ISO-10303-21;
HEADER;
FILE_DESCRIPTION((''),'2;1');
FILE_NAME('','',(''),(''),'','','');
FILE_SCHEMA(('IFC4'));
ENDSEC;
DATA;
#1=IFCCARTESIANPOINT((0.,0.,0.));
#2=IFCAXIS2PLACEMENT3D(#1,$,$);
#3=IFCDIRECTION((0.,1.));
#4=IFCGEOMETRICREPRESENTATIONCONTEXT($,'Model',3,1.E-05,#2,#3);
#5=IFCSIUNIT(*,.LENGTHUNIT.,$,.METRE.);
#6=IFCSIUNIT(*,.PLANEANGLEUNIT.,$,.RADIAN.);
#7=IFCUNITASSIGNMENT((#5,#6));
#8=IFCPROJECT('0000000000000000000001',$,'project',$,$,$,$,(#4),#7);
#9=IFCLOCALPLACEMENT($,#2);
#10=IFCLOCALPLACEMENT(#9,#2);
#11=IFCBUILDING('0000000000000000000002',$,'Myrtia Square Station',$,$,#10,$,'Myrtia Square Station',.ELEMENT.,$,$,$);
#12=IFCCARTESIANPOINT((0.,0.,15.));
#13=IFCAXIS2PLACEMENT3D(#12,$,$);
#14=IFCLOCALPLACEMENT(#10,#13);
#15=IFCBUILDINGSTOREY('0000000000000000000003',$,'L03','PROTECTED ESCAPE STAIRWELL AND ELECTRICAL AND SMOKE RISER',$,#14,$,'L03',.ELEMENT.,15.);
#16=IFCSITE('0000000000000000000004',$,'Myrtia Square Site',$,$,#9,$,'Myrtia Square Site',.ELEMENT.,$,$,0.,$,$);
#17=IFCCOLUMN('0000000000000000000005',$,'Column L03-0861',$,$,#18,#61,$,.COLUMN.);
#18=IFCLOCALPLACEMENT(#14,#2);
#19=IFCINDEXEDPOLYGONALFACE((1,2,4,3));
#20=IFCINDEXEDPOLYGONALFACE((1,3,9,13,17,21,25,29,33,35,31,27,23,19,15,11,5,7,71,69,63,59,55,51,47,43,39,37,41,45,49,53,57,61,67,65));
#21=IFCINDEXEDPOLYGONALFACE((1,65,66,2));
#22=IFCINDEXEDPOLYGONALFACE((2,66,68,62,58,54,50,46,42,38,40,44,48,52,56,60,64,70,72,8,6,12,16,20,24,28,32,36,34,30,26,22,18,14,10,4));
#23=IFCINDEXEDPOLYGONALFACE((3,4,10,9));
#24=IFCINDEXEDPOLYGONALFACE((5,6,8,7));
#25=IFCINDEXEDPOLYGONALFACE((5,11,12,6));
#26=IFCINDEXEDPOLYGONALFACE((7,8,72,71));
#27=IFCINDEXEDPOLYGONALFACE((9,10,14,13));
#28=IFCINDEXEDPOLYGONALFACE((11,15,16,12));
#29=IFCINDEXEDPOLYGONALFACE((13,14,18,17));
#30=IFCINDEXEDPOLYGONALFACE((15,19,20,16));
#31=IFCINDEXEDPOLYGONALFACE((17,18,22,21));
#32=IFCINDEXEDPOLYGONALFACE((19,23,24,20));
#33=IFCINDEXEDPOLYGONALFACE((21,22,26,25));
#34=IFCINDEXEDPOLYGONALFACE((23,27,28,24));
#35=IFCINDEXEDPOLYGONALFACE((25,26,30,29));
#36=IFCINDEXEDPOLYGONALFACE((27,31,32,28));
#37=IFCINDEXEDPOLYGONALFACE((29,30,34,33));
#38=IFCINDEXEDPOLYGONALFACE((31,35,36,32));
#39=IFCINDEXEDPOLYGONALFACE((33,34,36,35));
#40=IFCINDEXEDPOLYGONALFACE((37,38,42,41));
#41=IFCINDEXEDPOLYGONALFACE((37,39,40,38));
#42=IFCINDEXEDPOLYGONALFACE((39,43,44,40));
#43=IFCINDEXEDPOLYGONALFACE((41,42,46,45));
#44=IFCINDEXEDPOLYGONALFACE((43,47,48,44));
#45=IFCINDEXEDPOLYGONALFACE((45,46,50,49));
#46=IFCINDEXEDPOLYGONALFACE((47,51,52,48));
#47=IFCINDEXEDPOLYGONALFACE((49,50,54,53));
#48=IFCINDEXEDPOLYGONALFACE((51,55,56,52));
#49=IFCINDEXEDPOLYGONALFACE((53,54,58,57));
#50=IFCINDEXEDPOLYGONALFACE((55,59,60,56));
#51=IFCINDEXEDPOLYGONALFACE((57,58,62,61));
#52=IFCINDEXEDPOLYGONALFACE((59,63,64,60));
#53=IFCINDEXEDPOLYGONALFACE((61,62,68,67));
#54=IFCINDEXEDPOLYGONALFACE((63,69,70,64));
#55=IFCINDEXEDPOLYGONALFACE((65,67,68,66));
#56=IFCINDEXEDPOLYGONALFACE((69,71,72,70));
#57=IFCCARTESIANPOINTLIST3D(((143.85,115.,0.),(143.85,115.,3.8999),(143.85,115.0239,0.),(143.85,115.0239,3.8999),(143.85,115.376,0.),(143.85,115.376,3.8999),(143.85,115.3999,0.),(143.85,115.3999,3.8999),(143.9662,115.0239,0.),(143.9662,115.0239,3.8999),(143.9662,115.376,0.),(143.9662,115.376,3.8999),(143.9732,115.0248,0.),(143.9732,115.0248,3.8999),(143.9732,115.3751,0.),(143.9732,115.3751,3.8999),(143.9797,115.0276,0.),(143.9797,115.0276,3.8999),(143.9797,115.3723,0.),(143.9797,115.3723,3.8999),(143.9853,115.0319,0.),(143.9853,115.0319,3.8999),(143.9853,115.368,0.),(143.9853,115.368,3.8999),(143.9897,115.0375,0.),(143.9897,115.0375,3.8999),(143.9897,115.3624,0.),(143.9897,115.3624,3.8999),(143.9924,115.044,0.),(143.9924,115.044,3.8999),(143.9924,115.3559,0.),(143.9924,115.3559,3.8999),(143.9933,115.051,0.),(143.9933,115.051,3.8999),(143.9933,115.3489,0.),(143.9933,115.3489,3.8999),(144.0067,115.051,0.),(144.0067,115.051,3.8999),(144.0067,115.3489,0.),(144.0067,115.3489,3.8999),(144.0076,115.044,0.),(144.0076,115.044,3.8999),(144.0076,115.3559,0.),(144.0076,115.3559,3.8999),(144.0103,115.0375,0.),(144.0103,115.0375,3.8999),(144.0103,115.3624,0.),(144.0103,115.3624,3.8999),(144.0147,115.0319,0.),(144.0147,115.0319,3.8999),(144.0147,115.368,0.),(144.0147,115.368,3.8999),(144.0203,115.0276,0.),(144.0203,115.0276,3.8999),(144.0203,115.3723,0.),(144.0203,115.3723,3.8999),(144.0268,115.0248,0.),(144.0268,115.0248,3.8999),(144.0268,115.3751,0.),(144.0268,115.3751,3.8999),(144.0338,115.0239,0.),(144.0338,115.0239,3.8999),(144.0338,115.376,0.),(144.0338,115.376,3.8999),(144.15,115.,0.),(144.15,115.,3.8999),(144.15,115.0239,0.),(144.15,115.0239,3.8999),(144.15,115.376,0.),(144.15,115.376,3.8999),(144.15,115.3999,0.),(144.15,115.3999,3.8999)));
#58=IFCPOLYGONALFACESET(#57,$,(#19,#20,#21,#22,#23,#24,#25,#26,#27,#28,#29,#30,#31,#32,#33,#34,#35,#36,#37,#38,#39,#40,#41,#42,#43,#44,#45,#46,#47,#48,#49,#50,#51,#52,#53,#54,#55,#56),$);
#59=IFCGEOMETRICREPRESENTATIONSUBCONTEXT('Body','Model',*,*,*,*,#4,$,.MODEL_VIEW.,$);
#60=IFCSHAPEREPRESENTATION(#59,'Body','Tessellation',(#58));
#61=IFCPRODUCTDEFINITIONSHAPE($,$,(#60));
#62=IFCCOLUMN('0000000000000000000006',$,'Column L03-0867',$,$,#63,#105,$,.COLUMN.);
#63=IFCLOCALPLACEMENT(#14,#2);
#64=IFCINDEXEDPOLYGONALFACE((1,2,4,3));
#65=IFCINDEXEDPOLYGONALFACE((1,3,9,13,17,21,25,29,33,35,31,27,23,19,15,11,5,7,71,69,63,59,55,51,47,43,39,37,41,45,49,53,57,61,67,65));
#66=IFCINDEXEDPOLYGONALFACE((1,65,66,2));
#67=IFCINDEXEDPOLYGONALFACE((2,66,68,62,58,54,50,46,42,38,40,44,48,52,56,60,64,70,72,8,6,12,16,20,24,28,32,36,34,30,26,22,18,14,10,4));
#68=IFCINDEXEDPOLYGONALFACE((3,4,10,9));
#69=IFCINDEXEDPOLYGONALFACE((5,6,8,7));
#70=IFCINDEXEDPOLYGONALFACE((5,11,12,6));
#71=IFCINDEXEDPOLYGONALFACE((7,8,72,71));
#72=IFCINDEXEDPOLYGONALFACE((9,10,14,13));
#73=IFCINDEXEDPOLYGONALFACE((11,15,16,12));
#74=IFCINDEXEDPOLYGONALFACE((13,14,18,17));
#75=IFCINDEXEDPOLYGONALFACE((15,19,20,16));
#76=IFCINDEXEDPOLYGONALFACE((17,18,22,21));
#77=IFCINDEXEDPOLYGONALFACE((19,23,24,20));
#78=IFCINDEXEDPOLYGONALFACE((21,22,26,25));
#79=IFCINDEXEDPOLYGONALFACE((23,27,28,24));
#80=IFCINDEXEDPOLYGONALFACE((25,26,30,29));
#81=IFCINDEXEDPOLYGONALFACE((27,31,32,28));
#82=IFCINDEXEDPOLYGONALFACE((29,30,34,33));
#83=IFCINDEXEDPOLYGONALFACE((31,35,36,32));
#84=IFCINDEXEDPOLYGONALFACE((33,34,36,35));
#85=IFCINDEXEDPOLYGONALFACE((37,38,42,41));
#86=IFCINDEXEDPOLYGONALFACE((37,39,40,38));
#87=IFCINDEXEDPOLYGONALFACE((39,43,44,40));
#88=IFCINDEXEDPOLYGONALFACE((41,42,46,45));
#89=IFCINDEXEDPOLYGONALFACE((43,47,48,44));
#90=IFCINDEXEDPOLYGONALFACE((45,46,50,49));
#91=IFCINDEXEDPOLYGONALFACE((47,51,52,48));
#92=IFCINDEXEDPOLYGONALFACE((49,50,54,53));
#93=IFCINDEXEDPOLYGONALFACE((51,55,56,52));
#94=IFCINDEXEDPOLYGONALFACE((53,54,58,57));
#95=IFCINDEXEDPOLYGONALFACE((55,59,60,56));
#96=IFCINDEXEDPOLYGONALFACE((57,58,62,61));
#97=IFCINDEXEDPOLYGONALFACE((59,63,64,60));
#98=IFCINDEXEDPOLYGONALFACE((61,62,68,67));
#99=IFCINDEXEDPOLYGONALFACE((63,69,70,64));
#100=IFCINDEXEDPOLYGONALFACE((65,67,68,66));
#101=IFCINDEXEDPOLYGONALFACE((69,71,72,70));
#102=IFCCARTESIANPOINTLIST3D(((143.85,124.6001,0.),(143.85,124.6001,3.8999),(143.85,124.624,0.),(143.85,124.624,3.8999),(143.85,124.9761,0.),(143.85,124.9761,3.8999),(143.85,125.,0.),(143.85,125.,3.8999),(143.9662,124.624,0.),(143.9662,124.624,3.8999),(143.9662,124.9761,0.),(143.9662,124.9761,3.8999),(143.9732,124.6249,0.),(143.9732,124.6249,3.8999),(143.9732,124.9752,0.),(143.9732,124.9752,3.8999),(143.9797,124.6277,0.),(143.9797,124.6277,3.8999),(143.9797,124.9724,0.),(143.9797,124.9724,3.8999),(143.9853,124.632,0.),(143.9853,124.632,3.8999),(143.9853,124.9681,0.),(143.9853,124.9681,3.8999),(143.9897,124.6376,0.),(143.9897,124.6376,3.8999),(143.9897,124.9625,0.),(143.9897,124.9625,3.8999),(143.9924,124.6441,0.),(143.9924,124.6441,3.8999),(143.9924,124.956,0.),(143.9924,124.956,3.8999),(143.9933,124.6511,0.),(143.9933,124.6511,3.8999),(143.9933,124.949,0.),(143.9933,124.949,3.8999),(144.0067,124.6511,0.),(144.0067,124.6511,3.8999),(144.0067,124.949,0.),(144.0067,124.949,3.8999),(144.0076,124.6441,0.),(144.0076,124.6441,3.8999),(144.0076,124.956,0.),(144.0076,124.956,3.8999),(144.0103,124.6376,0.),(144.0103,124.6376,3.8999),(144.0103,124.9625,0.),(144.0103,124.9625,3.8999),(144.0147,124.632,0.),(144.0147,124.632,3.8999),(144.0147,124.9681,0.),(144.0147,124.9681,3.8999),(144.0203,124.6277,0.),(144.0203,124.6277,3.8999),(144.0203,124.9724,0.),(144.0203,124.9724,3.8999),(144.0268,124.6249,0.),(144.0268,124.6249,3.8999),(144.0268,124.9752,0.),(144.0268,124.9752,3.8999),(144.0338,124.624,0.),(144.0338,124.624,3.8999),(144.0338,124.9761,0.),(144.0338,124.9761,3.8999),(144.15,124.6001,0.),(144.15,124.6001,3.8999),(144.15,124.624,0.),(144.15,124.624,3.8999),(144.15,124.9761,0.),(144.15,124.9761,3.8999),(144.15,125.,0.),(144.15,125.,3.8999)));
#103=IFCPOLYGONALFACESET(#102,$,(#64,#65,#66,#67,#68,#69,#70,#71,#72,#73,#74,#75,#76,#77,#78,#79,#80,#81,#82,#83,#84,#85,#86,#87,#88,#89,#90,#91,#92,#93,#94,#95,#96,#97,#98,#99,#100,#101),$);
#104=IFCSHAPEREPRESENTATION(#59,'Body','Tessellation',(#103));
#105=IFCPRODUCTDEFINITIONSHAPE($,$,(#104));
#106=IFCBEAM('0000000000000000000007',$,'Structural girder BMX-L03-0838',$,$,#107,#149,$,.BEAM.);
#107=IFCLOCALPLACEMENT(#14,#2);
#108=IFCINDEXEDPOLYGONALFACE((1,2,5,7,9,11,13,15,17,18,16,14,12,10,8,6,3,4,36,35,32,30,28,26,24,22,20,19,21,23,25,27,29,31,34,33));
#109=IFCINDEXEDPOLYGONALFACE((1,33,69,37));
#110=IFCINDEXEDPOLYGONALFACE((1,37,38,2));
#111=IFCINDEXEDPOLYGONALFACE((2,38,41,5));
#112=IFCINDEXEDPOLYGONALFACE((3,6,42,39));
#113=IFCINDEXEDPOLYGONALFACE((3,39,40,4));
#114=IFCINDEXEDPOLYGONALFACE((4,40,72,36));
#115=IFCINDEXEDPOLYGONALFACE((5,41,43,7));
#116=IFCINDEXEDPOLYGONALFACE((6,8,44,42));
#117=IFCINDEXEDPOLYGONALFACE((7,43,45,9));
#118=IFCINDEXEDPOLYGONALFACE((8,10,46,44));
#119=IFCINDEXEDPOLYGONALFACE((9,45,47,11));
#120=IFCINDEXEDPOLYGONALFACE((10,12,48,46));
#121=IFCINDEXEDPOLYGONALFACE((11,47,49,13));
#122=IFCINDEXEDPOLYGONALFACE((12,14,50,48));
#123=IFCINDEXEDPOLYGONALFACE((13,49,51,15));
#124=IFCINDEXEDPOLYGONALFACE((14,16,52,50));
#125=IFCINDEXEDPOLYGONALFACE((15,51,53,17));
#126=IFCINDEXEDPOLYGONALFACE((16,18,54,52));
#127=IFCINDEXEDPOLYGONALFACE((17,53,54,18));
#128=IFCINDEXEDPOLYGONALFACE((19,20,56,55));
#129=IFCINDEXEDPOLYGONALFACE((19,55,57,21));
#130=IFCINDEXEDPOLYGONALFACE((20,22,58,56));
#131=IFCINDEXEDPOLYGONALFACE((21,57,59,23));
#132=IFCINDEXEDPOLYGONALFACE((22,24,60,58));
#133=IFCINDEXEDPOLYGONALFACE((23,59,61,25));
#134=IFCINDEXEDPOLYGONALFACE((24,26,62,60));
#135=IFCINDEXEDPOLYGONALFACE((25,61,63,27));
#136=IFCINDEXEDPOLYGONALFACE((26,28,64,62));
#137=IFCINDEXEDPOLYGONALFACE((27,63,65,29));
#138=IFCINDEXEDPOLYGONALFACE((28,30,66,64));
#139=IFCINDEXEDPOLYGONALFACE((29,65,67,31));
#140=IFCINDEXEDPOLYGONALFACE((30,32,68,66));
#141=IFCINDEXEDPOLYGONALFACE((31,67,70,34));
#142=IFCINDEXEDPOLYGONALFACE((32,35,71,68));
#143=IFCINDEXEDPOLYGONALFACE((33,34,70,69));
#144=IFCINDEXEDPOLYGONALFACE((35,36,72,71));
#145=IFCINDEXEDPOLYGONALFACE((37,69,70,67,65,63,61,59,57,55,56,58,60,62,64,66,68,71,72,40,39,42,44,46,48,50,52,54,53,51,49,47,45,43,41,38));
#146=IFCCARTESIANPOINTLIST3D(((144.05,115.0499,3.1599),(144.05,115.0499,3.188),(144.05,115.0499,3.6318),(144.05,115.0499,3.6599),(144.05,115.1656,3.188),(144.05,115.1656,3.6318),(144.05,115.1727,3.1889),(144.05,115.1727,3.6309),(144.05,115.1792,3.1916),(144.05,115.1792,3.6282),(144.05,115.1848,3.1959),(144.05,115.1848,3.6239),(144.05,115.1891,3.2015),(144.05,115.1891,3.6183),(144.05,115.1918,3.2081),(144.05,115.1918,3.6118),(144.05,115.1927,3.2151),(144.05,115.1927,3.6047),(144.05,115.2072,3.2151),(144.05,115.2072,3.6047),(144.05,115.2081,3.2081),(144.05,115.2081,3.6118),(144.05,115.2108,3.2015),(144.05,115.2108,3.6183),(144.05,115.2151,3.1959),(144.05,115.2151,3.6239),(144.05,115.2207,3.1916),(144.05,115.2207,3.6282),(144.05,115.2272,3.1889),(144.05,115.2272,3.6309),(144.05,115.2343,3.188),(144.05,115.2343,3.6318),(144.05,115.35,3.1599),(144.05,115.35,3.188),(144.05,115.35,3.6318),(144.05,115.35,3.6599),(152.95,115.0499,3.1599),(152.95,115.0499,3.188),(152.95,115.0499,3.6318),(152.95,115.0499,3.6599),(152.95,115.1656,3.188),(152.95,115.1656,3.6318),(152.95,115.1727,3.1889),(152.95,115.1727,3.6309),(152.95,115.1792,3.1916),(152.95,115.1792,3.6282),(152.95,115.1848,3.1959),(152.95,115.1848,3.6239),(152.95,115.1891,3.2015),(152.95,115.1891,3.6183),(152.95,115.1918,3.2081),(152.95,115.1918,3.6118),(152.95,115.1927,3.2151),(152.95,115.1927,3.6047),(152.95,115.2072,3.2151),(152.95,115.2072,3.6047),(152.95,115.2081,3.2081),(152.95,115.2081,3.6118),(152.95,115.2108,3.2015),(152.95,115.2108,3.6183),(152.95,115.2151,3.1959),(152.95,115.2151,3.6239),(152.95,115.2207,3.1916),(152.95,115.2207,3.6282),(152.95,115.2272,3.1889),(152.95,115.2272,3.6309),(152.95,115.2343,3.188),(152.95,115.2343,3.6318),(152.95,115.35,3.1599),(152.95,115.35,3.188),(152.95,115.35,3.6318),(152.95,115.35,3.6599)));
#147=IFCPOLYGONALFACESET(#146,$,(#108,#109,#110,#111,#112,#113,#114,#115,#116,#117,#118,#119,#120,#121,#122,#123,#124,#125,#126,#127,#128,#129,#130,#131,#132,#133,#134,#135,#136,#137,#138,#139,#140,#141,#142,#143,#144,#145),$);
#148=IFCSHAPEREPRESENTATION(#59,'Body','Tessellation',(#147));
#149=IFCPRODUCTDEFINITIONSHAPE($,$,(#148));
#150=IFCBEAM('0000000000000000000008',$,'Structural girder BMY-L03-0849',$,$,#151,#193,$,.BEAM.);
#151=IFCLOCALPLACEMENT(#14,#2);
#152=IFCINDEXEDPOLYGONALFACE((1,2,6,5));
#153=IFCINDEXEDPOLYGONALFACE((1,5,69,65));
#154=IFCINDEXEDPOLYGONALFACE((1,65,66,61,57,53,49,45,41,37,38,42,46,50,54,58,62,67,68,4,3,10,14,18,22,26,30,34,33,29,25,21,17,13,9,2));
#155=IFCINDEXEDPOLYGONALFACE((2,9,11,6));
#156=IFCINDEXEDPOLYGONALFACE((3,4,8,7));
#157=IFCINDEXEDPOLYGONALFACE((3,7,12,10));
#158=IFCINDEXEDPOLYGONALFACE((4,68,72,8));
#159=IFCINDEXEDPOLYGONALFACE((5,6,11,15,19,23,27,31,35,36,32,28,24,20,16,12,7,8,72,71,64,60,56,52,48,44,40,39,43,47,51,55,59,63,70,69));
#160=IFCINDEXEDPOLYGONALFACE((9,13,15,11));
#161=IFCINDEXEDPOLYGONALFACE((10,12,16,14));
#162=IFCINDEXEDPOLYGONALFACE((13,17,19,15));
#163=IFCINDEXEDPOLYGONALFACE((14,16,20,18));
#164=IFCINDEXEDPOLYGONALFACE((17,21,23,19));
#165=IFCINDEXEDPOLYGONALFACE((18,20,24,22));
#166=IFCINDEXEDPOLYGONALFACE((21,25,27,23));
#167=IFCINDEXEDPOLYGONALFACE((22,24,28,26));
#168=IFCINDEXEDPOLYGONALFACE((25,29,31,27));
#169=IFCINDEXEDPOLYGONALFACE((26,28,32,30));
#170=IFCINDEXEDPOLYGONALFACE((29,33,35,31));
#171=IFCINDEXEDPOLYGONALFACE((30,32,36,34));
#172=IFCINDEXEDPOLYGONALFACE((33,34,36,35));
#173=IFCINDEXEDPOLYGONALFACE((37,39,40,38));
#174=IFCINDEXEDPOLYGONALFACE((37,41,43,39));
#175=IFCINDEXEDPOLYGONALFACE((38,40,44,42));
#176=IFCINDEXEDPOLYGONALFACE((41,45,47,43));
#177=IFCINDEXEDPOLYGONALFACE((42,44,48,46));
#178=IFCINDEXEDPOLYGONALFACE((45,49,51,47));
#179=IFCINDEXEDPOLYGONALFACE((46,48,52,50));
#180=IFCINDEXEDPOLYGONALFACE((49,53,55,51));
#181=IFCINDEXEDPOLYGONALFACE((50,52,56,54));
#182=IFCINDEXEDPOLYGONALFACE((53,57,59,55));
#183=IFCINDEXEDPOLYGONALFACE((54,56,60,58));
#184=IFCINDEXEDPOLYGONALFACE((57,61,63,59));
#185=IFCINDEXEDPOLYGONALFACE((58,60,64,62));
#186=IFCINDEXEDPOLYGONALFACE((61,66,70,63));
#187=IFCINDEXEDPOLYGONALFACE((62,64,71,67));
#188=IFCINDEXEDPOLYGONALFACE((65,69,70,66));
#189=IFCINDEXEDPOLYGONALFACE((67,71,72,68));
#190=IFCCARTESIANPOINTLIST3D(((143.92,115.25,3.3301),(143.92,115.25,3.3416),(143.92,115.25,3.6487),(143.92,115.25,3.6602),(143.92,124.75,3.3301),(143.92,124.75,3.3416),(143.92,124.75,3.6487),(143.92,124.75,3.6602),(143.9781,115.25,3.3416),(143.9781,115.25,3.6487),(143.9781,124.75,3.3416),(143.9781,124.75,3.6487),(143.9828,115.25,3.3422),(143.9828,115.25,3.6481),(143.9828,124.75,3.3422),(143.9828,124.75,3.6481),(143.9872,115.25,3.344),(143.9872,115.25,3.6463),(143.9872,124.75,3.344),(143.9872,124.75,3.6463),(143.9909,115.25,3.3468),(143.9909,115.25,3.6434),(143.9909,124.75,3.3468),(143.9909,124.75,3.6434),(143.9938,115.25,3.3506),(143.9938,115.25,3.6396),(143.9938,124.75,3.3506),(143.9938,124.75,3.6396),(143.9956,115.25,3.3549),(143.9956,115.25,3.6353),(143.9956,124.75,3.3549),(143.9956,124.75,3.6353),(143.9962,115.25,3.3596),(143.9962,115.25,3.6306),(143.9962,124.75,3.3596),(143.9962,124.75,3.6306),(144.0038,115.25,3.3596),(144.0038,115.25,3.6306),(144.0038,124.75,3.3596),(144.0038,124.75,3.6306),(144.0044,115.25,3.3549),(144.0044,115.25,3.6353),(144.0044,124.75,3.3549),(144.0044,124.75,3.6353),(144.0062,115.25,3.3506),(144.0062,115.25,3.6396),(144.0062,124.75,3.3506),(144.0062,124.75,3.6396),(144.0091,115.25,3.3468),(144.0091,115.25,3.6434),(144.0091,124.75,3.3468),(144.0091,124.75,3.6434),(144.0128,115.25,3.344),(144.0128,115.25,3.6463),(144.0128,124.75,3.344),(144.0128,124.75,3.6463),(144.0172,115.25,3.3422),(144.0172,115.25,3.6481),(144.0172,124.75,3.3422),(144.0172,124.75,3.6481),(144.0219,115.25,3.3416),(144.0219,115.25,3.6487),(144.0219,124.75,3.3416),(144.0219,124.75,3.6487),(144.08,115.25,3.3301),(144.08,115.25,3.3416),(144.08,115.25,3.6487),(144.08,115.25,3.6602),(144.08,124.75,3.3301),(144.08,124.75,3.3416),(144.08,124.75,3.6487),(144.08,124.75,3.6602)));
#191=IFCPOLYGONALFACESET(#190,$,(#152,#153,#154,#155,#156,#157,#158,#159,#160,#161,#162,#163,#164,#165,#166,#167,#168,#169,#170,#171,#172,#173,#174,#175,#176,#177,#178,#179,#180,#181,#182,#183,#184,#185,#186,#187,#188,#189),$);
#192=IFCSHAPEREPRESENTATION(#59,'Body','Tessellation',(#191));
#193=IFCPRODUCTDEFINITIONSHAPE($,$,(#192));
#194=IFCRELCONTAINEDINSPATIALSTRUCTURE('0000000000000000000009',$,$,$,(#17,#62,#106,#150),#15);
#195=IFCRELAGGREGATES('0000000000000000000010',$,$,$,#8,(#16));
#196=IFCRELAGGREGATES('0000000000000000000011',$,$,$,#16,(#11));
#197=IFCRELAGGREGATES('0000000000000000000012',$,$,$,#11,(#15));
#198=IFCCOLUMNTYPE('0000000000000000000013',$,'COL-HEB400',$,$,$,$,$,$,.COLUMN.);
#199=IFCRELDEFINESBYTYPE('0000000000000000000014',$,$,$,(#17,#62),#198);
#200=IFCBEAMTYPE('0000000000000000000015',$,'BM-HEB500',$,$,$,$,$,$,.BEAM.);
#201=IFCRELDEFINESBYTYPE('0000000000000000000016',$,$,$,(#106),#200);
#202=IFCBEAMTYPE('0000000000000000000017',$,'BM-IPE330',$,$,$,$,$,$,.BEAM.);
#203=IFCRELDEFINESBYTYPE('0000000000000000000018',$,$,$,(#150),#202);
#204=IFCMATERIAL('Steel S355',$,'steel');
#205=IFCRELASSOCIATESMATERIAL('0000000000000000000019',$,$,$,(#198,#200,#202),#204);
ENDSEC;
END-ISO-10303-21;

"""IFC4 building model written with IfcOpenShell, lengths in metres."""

from ifc_helpers import new_model, si_unit, direction, frame, origin, origin_2d, place, context, subcontext, project, spatial, i_section, extrude, material, material_profile, profile_set, type_object, element, save


model = new_model("IFC4")

# Units and contexts
model_context = context("Model", 3, precision=1e-05, world=origin(), true_north=direction((0.0, 1.0)))
body_context = subcontext(model_context, "Body", "Model", "MODEL_VIEW")
ifc_project = project(units=[si_unit("LENGTHUNIT", "METRE"), si_unit("PLANEANGLEUNIT", "RADIAN")], contexts=[model_context])

# Site, building, storey
site_placement = place(None, origin())
site = spatial("IfcSite", under=ifc_project, at=site_placement, Name="Myrtia Square Site", LongName="Myrtia Square Site", CompositionType="ELEMENT", RefElevation=0.0)
building_placement = place(site_placement, origin())
building = spatial("IfcBuilding", under=site, at=building_placement, Name="Myrtia Square Station", LongName="Myrtia Square Station", CompositionType="ELEMENT")
storey_placement = place(building_placement, frame((0.0, 0.0, 15.0)))
storey = spatial("IfcBuildingStorey", under=building, at=storey_placement, Name="L03", Description="PROTECTED ESCAPE STAIRWELL AND ELECTRICAL AND SMOKE RISER", LongName="L03", CompositionType="ELEMENT", Elevation=15.0)

# Columns
ifc_material_1 = material(Name="Steel S355", Category="steel")
ifc_material_profile_1 = material_profile(ifc_material_1, i_section(OverallWidth=0.3, OverallDepth=0.3999, WebThickness=0.0134, FlangeThickness=0.0239, FilletRadius=0.0271, at=origin_2d()), Name="HEB 400")
ifc_profile_set_1 = profile_set([ifc_material_profile_1], Name="Steel S355")
column_type = type_object("IfcColumnType", Name="COL-HEB400", PredefinedType="COLUMN", material=ifc_profile_set_1)
for number, where, z_axis, x_axis, name in (
    (1, (144.0, 115.2, 0.0), (0.0, 0.0, 1.0), (1.0, 0.0, 0.0), "Column L03-0861"),
    (2, (144.0, 124.8, 0.0), (0.0, 0.0, 1.0), (1.0, 0.0, 0.0), "Column L03-0867"),
):
    element("IfcColumn", number, at=place(storey_placement, frame(where, z_axis=z_axis, x_axis=x_axis)), inside=storey, type_object=column_type, Name=name, PredefinedType="COLUMN", context=body_context, shape_type="SweptSolid", body=[
        extrude(i_section(OverallWidth=0.3, OverallDepth=0.3999, WebThickness=0.0134, FlangeThickness=0.0239, FilletRadius=0.0271, at=origin_2d()), origin(), (0.0, 0.0, 1.0), 3.8999),
    ])

# Beams
ifc_material_profile_2 = material_profile(ifc_material_1, i_section(OverallWidth=0.3, OverallDepth=0.5, WebThickness=0.0144, FlangeThickness=0.0281, FilletRadius=0.0271, at=origin_2d()), Name="HEB 500")
ifc_profile_set_2 = profile_set([ifc_material_profile_2], Name="Steel S355")
beam_type_1 = type_object("IfcBeamType", Name="BM-HEB500", PredefinedType="BEAM", material=ifc_profile_set_2)
beam_1_placement = place(storey_placement, frame((144.05, 115.2, 3.4099), z_axis=(1.0, 0.0, 0.0), x_axis=(0.0, 1.0, 0.0)))
element("IfcBeam", 3, at=beam_1_placement, inside=storey, type_object=beam_type_1, Name="Structural girder BMX-L03-0838", PredefinedType="BEAM", context=body_context, shape_type="SweptSolid", body=[
    extrude(i_section(OverallWidth=0.3, OverallDepth=0.5, WebThickness=0.0144, FlangeThickness=0.0281, FilletRadius=0.0271, at=origin_2d()), origin(), (0.0, 0.0, 1.0), 8.8999),
])
ifc_material_profile_3 = material_profile(ifc_material_1, i_section(OverallWidth=0.1599, OverallDepth=0.3301, WebThickness=0.0076, FlangeThickness=0.0115, FilletRadius=0.0181, at=origin_2d()), Name="IPE 330")
ifc_profile_set_3 = profile_set([ifc_material_profile_3], Name="Steel S355")
beam_type_2 = type_object("IfcBeamType", Name="BM-IPE330", PredefinedType="BEAM", material=ifc_profile_set_3)
beam_2_placement = place(storey_placement, frame((144.0, 115.25, 3.4951), z_axis=(0.0, 1.0, 0.0), x_axis=(-1.0, 0.0, 0.0)))
element("IfcBeam", 4, at=beam_2_placement, inside=storey, type_object=beam_type_2, Name="Structural girder BMY-L03-0849", PredefinedType="BEAM", context=body_context, shape_type="SweptSolid", body=[
    extrude(i_section(OverallWidth=0.1599, OverallDepth=0.3301, WebThickness=0.0076, FlangeThickness=0.0115, FilletRadius=0.0181, at=origin_2d()), origin(), (0.0, 0.0, 1.0), 9.5),
])

save(model, "model.ifc")
